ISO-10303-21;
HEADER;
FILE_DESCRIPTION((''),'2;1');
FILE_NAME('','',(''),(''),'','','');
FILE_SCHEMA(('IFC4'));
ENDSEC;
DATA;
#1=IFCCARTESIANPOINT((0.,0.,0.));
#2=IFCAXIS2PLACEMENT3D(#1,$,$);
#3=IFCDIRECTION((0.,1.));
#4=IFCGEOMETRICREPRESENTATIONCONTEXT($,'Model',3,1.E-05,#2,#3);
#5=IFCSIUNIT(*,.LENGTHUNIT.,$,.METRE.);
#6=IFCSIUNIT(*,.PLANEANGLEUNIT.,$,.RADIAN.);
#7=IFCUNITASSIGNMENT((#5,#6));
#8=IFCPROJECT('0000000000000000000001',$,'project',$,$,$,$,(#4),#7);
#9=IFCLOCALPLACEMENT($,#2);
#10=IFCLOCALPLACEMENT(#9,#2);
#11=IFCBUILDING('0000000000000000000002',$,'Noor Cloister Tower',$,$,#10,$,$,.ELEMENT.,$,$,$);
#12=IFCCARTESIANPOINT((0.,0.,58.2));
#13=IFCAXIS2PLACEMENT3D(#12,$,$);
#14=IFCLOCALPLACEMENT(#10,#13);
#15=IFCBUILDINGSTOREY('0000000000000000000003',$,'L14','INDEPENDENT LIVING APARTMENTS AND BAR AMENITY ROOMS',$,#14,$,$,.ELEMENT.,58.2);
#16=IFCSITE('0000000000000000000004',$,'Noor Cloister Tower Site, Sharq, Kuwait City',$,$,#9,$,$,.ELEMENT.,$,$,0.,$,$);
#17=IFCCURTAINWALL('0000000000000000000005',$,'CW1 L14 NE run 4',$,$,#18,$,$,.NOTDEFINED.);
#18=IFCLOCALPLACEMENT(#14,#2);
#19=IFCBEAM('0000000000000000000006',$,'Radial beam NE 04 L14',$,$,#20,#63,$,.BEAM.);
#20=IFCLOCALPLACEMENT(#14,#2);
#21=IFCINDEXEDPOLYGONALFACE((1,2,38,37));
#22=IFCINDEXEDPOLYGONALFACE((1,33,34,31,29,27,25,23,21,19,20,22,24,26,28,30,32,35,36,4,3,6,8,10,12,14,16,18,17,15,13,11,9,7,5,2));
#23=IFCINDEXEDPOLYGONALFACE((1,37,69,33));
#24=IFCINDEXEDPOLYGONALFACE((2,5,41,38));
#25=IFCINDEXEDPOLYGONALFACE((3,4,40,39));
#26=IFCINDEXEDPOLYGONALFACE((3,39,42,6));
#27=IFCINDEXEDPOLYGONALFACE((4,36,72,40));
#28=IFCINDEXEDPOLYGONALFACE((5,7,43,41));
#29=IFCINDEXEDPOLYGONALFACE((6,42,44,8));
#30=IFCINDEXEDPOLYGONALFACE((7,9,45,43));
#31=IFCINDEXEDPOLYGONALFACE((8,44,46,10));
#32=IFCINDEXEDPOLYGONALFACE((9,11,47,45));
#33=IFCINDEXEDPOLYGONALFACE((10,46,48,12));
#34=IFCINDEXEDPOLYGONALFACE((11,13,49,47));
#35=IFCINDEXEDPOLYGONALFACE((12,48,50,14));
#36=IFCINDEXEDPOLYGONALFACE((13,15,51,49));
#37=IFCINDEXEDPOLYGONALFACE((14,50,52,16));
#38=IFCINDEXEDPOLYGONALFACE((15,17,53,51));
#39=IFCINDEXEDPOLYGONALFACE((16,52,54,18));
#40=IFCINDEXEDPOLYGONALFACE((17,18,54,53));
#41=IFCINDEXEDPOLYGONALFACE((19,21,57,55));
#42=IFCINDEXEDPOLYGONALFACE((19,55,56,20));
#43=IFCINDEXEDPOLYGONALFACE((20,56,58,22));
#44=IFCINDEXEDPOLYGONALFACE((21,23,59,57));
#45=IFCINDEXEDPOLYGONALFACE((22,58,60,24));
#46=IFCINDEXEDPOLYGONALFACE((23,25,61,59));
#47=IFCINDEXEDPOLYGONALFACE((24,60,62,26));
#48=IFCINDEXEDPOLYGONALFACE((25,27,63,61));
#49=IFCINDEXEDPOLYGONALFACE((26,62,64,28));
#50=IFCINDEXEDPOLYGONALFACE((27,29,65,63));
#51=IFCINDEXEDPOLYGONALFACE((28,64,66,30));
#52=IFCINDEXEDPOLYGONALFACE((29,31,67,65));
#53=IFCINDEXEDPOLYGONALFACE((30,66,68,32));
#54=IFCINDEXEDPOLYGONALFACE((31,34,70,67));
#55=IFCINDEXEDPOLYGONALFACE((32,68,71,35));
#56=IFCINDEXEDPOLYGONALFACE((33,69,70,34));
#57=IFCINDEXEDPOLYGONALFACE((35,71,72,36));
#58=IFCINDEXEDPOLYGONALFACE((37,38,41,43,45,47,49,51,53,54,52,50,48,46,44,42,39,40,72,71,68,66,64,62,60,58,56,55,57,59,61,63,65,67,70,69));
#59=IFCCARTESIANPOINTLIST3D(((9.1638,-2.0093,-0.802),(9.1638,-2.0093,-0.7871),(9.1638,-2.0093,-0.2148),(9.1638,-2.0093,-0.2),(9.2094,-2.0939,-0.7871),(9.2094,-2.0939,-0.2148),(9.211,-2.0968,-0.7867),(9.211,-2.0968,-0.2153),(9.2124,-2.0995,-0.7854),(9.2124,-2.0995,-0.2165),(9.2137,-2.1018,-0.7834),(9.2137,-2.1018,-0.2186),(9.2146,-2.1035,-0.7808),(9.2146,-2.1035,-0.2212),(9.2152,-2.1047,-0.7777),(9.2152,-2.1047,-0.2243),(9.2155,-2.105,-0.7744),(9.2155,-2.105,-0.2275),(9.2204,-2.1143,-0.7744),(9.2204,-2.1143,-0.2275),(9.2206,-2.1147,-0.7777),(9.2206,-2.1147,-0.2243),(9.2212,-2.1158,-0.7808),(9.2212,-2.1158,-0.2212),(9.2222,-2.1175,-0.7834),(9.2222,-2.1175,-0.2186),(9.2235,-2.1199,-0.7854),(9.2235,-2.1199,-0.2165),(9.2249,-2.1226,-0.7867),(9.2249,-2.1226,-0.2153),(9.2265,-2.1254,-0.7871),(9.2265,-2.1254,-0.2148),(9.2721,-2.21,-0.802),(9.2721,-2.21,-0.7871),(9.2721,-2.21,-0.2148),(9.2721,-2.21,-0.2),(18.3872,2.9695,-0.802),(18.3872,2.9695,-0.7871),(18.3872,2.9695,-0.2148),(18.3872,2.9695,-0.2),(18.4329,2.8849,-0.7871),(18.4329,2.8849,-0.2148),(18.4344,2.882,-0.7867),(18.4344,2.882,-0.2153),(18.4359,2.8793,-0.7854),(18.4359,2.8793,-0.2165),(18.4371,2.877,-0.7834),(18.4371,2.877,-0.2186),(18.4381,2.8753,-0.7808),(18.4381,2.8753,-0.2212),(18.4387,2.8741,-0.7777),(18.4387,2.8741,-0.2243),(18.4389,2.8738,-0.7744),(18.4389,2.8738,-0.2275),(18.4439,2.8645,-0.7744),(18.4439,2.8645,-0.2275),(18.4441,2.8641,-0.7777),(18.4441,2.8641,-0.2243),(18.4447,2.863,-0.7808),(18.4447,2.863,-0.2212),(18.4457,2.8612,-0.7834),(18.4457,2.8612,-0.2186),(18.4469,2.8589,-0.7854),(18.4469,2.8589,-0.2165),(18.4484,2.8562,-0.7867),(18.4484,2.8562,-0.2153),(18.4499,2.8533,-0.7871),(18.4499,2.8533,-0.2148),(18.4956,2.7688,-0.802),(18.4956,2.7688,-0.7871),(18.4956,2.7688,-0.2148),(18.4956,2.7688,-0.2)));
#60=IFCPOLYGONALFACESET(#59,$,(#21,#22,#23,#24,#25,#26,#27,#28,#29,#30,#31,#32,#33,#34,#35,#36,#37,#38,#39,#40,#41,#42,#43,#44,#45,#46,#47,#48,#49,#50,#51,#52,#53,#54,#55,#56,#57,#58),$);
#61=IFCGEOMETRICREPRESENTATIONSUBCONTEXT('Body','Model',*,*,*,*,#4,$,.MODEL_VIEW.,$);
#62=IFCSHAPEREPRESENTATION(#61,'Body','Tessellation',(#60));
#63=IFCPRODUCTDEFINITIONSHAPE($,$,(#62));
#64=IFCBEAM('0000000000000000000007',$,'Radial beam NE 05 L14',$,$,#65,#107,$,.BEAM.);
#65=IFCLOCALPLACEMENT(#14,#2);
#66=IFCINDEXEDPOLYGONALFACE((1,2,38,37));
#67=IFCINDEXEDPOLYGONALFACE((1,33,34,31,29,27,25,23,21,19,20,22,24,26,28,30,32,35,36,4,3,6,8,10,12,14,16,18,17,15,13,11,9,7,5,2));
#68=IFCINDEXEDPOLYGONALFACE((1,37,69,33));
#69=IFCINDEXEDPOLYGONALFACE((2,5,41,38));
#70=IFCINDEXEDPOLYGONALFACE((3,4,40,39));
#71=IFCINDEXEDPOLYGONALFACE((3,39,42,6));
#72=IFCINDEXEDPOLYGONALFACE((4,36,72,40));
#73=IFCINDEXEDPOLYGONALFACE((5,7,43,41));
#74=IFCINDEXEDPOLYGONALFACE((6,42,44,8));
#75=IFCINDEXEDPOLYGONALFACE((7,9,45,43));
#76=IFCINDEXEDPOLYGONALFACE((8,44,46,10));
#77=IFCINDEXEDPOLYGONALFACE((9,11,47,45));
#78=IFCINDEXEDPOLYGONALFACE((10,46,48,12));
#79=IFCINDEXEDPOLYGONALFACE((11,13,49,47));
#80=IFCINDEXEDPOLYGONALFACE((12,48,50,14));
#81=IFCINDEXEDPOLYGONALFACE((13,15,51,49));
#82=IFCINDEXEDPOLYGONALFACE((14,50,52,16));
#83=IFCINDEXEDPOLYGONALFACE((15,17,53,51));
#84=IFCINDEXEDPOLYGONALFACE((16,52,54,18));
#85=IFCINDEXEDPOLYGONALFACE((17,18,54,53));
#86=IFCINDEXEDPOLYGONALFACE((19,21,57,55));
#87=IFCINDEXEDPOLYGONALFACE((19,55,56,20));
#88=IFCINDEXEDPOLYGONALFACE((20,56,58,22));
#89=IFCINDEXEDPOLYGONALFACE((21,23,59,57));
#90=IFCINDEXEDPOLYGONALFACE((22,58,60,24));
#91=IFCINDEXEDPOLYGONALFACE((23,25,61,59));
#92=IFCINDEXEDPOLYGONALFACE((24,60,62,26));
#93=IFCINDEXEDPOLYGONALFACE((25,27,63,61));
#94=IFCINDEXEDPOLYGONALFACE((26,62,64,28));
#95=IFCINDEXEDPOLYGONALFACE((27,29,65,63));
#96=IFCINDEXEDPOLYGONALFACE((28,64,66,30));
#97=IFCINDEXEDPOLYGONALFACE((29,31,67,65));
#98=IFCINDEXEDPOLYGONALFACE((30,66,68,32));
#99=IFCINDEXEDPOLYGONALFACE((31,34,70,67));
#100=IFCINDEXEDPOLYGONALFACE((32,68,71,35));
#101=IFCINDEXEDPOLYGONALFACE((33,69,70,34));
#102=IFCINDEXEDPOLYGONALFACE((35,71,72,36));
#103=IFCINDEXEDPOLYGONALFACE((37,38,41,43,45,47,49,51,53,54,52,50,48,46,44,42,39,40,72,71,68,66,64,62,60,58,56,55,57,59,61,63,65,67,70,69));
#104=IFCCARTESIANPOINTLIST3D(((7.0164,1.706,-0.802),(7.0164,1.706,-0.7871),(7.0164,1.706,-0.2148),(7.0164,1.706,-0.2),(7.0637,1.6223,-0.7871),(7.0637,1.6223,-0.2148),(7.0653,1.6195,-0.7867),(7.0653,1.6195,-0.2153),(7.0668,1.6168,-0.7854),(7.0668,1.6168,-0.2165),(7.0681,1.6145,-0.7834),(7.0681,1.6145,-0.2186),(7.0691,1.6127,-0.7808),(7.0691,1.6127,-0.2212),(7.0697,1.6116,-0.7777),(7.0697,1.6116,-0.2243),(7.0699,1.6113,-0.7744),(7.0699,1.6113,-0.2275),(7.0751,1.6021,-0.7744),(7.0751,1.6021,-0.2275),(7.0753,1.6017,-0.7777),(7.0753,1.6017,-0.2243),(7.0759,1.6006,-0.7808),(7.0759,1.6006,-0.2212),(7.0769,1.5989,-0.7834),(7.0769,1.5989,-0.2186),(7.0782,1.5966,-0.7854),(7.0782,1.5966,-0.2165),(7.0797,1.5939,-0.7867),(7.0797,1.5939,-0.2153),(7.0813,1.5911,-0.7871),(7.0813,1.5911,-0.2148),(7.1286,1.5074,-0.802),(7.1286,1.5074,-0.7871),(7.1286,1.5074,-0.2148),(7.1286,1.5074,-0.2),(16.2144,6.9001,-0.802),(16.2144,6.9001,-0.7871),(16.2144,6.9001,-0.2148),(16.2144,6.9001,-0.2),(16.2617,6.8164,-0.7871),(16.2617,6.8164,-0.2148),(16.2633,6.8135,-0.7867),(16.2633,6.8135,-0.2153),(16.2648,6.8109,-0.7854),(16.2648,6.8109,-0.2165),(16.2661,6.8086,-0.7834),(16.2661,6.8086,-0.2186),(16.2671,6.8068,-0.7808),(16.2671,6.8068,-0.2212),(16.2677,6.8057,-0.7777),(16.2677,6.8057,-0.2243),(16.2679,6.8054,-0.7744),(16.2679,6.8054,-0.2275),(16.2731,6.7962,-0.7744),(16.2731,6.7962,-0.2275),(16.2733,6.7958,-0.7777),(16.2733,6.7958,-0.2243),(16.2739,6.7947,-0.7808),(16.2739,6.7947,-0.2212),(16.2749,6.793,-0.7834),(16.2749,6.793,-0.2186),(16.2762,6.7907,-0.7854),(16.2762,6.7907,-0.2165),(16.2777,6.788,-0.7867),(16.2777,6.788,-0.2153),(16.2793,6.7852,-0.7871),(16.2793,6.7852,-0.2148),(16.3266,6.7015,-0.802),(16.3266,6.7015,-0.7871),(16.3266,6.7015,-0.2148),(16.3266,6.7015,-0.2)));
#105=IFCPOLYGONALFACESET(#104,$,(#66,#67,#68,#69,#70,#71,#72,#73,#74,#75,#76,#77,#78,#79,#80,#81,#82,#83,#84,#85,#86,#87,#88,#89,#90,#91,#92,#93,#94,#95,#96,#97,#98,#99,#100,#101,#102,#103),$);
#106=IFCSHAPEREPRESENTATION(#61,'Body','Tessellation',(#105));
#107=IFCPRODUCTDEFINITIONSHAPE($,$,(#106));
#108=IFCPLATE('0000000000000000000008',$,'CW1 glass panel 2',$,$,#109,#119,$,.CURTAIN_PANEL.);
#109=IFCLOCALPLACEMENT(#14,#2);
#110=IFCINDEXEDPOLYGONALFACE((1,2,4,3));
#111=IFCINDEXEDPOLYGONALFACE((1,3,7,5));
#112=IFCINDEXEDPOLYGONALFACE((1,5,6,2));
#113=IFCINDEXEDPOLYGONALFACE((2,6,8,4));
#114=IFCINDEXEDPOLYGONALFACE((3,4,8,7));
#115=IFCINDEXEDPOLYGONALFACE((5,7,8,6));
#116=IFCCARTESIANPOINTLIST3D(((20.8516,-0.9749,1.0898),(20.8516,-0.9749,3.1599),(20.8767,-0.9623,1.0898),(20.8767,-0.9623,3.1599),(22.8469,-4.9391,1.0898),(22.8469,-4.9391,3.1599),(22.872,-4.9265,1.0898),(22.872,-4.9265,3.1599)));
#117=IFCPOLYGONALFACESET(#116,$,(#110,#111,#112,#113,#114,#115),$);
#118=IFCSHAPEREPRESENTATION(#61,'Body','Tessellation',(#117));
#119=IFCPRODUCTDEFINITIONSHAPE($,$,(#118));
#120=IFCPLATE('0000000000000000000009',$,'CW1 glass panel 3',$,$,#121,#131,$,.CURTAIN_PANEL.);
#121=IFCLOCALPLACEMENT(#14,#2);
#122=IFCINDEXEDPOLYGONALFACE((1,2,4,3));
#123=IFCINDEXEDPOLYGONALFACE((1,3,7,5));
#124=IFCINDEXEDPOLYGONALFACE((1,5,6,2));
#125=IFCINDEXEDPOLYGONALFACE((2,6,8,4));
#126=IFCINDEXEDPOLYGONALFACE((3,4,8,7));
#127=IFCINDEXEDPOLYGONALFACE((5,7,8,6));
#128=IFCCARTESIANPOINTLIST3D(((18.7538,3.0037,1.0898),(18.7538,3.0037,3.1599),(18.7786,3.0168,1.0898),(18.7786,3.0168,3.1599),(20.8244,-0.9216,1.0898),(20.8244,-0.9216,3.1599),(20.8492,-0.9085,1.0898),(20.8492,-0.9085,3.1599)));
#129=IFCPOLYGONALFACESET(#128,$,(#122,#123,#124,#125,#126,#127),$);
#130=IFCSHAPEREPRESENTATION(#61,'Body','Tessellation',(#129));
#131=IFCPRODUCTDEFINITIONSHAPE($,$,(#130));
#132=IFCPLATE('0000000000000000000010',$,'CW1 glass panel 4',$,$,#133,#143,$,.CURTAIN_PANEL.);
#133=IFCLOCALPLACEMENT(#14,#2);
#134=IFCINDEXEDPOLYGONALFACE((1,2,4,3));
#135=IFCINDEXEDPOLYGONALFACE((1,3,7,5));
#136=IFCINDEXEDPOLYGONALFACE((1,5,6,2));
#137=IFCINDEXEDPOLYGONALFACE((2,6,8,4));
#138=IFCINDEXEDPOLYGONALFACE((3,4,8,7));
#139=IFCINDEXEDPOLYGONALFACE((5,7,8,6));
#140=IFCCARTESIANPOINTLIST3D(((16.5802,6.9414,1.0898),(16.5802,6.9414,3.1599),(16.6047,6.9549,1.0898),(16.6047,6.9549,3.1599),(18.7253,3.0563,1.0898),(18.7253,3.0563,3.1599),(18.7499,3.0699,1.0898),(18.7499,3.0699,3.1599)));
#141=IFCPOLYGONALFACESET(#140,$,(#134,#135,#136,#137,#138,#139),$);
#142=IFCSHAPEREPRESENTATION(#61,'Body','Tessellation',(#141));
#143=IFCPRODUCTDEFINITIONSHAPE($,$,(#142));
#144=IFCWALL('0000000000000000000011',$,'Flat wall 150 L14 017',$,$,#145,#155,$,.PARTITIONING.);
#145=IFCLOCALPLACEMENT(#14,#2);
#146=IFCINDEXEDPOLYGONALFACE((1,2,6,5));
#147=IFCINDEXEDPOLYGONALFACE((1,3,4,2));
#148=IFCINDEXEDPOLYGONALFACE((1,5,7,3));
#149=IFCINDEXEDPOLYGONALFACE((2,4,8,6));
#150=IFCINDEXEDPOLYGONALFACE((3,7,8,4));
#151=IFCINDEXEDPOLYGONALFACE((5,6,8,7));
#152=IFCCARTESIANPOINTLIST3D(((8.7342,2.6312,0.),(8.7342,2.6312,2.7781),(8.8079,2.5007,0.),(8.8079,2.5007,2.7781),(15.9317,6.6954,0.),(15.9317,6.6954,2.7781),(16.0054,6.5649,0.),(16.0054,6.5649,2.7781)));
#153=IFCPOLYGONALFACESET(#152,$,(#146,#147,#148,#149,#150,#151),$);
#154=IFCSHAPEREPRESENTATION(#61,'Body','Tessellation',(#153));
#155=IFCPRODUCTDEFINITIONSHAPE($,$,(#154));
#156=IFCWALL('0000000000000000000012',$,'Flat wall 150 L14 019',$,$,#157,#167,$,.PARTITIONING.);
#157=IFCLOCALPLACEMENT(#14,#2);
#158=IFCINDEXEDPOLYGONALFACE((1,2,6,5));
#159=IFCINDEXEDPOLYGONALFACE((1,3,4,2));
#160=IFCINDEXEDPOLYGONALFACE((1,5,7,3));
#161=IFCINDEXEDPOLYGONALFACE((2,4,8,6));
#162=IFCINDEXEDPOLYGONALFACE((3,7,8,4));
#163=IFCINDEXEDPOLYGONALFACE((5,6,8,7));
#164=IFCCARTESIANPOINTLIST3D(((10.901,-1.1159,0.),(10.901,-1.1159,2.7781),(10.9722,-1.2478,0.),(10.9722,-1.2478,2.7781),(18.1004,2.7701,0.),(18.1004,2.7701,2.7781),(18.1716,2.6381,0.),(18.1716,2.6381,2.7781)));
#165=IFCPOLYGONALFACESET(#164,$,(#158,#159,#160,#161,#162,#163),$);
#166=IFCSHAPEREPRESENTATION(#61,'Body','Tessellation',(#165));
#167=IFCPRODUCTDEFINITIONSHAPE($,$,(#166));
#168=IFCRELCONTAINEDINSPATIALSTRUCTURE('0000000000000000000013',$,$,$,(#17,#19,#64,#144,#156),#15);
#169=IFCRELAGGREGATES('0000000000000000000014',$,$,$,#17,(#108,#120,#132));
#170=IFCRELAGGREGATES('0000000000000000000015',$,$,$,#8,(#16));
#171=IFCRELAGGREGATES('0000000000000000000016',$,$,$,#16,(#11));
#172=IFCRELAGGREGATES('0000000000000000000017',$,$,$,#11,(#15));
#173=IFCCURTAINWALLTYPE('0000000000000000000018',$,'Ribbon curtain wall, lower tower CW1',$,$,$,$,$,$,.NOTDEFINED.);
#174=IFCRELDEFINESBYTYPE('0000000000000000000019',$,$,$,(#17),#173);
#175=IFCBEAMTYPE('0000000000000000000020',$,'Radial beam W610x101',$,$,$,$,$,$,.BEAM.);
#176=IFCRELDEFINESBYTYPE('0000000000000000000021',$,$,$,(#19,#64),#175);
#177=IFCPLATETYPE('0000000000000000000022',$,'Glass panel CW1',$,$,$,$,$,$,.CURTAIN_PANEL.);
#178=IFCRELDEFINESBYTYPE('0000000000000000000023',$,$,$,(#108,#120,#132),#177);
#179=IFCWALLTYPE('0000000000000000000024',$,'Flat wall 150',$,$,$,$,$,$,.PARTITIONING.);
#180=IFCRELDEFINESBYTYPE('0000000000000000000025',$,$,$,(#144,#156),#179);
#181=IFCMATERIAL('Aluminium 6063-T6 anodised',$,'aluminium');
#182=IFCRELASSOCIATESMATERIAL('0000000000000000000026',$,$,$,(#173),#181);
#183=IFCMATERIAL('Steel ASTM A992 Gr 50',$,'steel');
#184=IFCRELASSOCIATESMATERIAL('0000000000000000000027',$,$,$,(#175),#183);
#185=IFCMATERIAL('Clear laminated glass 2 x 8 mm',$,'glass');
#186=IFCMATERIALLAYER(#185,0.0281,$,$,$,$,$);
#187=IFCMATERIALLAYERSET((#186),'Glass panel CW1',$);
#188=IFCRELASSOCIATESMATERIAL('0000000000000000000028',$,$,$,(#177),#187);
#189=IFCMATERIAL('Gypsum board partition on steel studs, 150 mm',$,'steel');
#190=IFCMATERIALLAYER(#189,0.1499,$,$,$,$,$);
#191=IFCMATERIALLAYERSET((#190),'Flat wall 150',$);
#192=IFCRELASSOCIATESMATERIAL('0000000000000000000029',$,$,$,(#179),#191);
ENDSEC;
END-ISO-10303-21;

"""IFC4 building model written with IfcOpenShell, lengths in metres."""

from ifc_helpers import new_model, si_unit, direction, frame, frame_2d, origin, origin_2d, place, context, subcontext, project, spatial, rectangle, i_section, extrude, material, layer, layer_set, material_profile, profile_set, type_object, element, aggregate, save


model = new_model("IFC4")

# Units and contexts
model_context = context("Model", 3, precision=1e-05, world=origin(), true_north=direction((0.0, 1.0)))
body_context = subcontext(model_context, "Body", "Model", "MODEL_VIEW")
ifc_project = project(units=[si_unit("LENGTHUNIT", "METRE"), si_unit("PLANEANGLEUNIT", "RADIAN")], contexts=[model_context])

# Site, building, storey
site_placement = place(None, origin())
site = spatial("IfcSite", under=ifc_project, at=site_placement, Name="Noor Cloister Tower Site, Sharq, Kuwait City", CompositionType="ELEMENT", RefElevation=0.0)
building_placement = place(site_placement, origin())
building = spatial("IfcBuilding", under=site, at=building_placement, Name="Noor Cloister Tower", CompositionType="ELEMENT")
storey_placement = place(building_placement, frame((0.0, 0.0, 58.2)))
storey = spatial("IfcBuildingStorey", under=building, at=storey_placement, Name="L14", Description="INDEPENDENT LIVING APARTMENTS AND BAR AMENITY ROOMS", CompositionType="ELEMENT", Elevation=58.2)

# Curtain wall
ifc_material_1 = material(Name="Aluminium 6063-T6 anodised", Category="aluminium")
curtain_wall_type = type_object("IfcCurtainWallType", Name="Ribbon curtain wall, lower tower CW1", PredefinedType="NOTDEFINED", material=ifc_material_1)
curtain_wall_placement = place(storey_placement, origin())
curtain_wall = element("IfcCurtainWall", 1, at=curtain_wall_placement, inside=storey, type_object=curtain_wall_type, Name="CW1 L14 NE run 4", PredefinedType="NOTDEFINED")

# Beams
ifc_material_2 = material(Name="Steel ASTM A992 Gr 50", Category="steel")
ifc_material_profile_1 = material_profile(ifc_material_2, i_section(OverallWidth=0.228, OverallDepth=0.6021, WebThickness=0.0105, FlangeThickness=0.0149, FilletRadius=0.0127, at=origin_2d()), Name="W610x101")
ifc_profile_set_1 = profile_set([ifc_material_profile_1], Name="Steel ASTM A992 Gr 50")
beam_type_1 = type_object("IfcBeamType", Name="Radial beam W610x101", PredefinedType="BEAM", material=ifc_profile_set_1)
beam_1_placement = place(storey_placement, frame((18.4414, 2.8691, -0.501), z_axis=(-0.87998, -0.475011, 0.0), x_axis=(0.475011, -0.87998, 0.0)))
element("IfcBeam", 2, at=beam_1_placement, inside=storey, type_object=beam_type_1, Name="Radial beam NE 04 L14", PredefinedType="BEAM", context=body_context, shape_type="SweptSolid", body=[
    extrude(i_section(OverallWidth=0.228, OverallDepth=0.6021, WebThickness=0.0105, FlangeThickness=0.0149, FilletRadius=0.0127, at=origin_2d()), origin(), (0.0, 0.0, 1.0), 10.4814),
])
beam_2_placement = place(storey_placement, frame((16.2705, 6.8008, -0.501), z_axis=(-0.870756, -0.491715, 0.0), x_axis=(0.491715, -0.870756, 0.0)))
element("IfcBeam", 3, at=beam_2_placement, inside=storey, type_object=beam_type_1, Name="Radial beam NE 05 L14", PredefinedType="BEAM", context=body_context, shape_type="SweptSolid", body=[
    extrude(i_section(OverallWidth=0.228, OverallDepth=0.6021, WebThickness=0.0105, FlangeThickness=0.0149, FilletRadius=0.0127, at=origin_2d()), origin(), (0.0, 0.0, 1.0), 10.5632),
])

# Plates
ifc_material_3 = material(Name="Clear laminated glass 2 x 8 mm", Category="glass")
ifc_layer_1 = layer(ifc_material_3, 0.0281)
ifc_layer_set_1 = layer_set([ifc_layer_1], Name="Glass panel CW1")
plate_type = type_object("IfcPlateType", Name="Glass panel CW1", PredefinedType="CURTAIN_PANEL", material=ifc_layer_set_1)
plate_1_placement = place(storey_placement, frame((21.8618, -2.9507, 1.0898), z_axis=(0.0, 0.0, 1.0), x_axis=(-0.449593, 0.893233, 0.0)))
plate_1 = element("IfcPlate", 4, at=plate_1_placement, type_object=plate_type, Name="CW1 glass panel 2", PredefinedType="CURTAIN_PANEL", context=body_context, shape_type="SweptSolid", body=[
    extrude(rectangle(XDim=4.438, YDim=0.0281, at=origin_2d()), origin(), (0.0, 0.0, 1.0), 2.0701),
])
plate_2_placement = place(storey_placement, frame((19.8015, 1.0476, 1.0898), z_axis=(0.0, 0.0, 1.0), x_axis=(-0.466568, 0.884486, 0.0)))
plate_2 = element("IfcPlate", 5, at=plate_2_placement, type_object=plate_type, Name="CW1 glass panel 3", PredefinedType="CURTAIN_PANEL", context=body_context, shape_type="SweptSolid", body=[
    extrude(rectangle(XDim=4.438, YDim=0.0281, at=origin_2d()), origin(), (0.0, 0.0, 1.0), 2.0701),
])
plate_3_placement = place(storey_placement, frame((17.665, 5.0056, 1.0898), z_axis=(0.0, 0.0, 1.0), x_axis=(-0.483372, 0.875415, 0.0)))
plate_3 = element("IfcPlate", 6, at=plate_3_placement, type_object=plate_type, Name="CW1 glass panel 4", PredefinedType="CURTAIN_PANEL", context=body_context, shape_type="SweptSolid", body=[
    extrude(rectangle(XDim=4.438, YDim=0.0281, at=origin_2d()), origin(), (0.0, 0.0, 1.0), 2.0701),
])
aggregate(curtain_wall, [plate_1, plate_2, plate_3])

# Walls
ifc_material_4 = material(Name="Gypsum board partition on steel studs, 150 mm", Category="steel")
ifc_layer_2 = layer(ifc_material_4, 0.1499)
ifc_layer_set_2 = layer_set([ifc_layer_2], Name="Flat wall 150")
wall_type_1 = type_object("IfcWallType", Name="Flat wall 150", PredefinedType="PARTITIONING", material=ifc_layer_set_2)
wall_1_placement = place(storey_placement, frame((15.9685, 6.6301, 0.0), z_axis=(0.0, 0.0, 1.0), x_axis=(-0.870767, -0.491695, 0.0)))
element("IfcWall", 7, at=wall_1_placement, inside=storey, type_object=wall_type_1, Name="Flat wall 150 L14 017", PredefinedType="PARTITIONING", context=body_context, shape_type="SweptSolid", body=[
    extrude(rectangle(XDim=8.2656, YDim=0.1499, at=frame_2d((4.1328, 0.0))), origin(), (0.0, 0.0, 1.0), 2.7781),
])
wall_2_placement = place(storey_placement, frame((18.136, 2.7041, 0.0), z_axis=(0.0, 0.0, 1.0), x_axis=(-0.879993, -0.474986, 0.0)))
element("IfcWall", 8, at=wall_2_placement, inside=storey, type_object=wall_type_1, Name="Flat wall 150 L14 019", PredefinedType="PARTITIONING", context=body_context, shape_type="SweptSolid", body=[
    extrude(rectangle(XDim=8.1812, YDim=0.1499, at=frame_2d((4.0906, 0.0))), origin(), (0.0, 0.0, 1.0), 2.7781),
])

save(model, "model.ifc")
